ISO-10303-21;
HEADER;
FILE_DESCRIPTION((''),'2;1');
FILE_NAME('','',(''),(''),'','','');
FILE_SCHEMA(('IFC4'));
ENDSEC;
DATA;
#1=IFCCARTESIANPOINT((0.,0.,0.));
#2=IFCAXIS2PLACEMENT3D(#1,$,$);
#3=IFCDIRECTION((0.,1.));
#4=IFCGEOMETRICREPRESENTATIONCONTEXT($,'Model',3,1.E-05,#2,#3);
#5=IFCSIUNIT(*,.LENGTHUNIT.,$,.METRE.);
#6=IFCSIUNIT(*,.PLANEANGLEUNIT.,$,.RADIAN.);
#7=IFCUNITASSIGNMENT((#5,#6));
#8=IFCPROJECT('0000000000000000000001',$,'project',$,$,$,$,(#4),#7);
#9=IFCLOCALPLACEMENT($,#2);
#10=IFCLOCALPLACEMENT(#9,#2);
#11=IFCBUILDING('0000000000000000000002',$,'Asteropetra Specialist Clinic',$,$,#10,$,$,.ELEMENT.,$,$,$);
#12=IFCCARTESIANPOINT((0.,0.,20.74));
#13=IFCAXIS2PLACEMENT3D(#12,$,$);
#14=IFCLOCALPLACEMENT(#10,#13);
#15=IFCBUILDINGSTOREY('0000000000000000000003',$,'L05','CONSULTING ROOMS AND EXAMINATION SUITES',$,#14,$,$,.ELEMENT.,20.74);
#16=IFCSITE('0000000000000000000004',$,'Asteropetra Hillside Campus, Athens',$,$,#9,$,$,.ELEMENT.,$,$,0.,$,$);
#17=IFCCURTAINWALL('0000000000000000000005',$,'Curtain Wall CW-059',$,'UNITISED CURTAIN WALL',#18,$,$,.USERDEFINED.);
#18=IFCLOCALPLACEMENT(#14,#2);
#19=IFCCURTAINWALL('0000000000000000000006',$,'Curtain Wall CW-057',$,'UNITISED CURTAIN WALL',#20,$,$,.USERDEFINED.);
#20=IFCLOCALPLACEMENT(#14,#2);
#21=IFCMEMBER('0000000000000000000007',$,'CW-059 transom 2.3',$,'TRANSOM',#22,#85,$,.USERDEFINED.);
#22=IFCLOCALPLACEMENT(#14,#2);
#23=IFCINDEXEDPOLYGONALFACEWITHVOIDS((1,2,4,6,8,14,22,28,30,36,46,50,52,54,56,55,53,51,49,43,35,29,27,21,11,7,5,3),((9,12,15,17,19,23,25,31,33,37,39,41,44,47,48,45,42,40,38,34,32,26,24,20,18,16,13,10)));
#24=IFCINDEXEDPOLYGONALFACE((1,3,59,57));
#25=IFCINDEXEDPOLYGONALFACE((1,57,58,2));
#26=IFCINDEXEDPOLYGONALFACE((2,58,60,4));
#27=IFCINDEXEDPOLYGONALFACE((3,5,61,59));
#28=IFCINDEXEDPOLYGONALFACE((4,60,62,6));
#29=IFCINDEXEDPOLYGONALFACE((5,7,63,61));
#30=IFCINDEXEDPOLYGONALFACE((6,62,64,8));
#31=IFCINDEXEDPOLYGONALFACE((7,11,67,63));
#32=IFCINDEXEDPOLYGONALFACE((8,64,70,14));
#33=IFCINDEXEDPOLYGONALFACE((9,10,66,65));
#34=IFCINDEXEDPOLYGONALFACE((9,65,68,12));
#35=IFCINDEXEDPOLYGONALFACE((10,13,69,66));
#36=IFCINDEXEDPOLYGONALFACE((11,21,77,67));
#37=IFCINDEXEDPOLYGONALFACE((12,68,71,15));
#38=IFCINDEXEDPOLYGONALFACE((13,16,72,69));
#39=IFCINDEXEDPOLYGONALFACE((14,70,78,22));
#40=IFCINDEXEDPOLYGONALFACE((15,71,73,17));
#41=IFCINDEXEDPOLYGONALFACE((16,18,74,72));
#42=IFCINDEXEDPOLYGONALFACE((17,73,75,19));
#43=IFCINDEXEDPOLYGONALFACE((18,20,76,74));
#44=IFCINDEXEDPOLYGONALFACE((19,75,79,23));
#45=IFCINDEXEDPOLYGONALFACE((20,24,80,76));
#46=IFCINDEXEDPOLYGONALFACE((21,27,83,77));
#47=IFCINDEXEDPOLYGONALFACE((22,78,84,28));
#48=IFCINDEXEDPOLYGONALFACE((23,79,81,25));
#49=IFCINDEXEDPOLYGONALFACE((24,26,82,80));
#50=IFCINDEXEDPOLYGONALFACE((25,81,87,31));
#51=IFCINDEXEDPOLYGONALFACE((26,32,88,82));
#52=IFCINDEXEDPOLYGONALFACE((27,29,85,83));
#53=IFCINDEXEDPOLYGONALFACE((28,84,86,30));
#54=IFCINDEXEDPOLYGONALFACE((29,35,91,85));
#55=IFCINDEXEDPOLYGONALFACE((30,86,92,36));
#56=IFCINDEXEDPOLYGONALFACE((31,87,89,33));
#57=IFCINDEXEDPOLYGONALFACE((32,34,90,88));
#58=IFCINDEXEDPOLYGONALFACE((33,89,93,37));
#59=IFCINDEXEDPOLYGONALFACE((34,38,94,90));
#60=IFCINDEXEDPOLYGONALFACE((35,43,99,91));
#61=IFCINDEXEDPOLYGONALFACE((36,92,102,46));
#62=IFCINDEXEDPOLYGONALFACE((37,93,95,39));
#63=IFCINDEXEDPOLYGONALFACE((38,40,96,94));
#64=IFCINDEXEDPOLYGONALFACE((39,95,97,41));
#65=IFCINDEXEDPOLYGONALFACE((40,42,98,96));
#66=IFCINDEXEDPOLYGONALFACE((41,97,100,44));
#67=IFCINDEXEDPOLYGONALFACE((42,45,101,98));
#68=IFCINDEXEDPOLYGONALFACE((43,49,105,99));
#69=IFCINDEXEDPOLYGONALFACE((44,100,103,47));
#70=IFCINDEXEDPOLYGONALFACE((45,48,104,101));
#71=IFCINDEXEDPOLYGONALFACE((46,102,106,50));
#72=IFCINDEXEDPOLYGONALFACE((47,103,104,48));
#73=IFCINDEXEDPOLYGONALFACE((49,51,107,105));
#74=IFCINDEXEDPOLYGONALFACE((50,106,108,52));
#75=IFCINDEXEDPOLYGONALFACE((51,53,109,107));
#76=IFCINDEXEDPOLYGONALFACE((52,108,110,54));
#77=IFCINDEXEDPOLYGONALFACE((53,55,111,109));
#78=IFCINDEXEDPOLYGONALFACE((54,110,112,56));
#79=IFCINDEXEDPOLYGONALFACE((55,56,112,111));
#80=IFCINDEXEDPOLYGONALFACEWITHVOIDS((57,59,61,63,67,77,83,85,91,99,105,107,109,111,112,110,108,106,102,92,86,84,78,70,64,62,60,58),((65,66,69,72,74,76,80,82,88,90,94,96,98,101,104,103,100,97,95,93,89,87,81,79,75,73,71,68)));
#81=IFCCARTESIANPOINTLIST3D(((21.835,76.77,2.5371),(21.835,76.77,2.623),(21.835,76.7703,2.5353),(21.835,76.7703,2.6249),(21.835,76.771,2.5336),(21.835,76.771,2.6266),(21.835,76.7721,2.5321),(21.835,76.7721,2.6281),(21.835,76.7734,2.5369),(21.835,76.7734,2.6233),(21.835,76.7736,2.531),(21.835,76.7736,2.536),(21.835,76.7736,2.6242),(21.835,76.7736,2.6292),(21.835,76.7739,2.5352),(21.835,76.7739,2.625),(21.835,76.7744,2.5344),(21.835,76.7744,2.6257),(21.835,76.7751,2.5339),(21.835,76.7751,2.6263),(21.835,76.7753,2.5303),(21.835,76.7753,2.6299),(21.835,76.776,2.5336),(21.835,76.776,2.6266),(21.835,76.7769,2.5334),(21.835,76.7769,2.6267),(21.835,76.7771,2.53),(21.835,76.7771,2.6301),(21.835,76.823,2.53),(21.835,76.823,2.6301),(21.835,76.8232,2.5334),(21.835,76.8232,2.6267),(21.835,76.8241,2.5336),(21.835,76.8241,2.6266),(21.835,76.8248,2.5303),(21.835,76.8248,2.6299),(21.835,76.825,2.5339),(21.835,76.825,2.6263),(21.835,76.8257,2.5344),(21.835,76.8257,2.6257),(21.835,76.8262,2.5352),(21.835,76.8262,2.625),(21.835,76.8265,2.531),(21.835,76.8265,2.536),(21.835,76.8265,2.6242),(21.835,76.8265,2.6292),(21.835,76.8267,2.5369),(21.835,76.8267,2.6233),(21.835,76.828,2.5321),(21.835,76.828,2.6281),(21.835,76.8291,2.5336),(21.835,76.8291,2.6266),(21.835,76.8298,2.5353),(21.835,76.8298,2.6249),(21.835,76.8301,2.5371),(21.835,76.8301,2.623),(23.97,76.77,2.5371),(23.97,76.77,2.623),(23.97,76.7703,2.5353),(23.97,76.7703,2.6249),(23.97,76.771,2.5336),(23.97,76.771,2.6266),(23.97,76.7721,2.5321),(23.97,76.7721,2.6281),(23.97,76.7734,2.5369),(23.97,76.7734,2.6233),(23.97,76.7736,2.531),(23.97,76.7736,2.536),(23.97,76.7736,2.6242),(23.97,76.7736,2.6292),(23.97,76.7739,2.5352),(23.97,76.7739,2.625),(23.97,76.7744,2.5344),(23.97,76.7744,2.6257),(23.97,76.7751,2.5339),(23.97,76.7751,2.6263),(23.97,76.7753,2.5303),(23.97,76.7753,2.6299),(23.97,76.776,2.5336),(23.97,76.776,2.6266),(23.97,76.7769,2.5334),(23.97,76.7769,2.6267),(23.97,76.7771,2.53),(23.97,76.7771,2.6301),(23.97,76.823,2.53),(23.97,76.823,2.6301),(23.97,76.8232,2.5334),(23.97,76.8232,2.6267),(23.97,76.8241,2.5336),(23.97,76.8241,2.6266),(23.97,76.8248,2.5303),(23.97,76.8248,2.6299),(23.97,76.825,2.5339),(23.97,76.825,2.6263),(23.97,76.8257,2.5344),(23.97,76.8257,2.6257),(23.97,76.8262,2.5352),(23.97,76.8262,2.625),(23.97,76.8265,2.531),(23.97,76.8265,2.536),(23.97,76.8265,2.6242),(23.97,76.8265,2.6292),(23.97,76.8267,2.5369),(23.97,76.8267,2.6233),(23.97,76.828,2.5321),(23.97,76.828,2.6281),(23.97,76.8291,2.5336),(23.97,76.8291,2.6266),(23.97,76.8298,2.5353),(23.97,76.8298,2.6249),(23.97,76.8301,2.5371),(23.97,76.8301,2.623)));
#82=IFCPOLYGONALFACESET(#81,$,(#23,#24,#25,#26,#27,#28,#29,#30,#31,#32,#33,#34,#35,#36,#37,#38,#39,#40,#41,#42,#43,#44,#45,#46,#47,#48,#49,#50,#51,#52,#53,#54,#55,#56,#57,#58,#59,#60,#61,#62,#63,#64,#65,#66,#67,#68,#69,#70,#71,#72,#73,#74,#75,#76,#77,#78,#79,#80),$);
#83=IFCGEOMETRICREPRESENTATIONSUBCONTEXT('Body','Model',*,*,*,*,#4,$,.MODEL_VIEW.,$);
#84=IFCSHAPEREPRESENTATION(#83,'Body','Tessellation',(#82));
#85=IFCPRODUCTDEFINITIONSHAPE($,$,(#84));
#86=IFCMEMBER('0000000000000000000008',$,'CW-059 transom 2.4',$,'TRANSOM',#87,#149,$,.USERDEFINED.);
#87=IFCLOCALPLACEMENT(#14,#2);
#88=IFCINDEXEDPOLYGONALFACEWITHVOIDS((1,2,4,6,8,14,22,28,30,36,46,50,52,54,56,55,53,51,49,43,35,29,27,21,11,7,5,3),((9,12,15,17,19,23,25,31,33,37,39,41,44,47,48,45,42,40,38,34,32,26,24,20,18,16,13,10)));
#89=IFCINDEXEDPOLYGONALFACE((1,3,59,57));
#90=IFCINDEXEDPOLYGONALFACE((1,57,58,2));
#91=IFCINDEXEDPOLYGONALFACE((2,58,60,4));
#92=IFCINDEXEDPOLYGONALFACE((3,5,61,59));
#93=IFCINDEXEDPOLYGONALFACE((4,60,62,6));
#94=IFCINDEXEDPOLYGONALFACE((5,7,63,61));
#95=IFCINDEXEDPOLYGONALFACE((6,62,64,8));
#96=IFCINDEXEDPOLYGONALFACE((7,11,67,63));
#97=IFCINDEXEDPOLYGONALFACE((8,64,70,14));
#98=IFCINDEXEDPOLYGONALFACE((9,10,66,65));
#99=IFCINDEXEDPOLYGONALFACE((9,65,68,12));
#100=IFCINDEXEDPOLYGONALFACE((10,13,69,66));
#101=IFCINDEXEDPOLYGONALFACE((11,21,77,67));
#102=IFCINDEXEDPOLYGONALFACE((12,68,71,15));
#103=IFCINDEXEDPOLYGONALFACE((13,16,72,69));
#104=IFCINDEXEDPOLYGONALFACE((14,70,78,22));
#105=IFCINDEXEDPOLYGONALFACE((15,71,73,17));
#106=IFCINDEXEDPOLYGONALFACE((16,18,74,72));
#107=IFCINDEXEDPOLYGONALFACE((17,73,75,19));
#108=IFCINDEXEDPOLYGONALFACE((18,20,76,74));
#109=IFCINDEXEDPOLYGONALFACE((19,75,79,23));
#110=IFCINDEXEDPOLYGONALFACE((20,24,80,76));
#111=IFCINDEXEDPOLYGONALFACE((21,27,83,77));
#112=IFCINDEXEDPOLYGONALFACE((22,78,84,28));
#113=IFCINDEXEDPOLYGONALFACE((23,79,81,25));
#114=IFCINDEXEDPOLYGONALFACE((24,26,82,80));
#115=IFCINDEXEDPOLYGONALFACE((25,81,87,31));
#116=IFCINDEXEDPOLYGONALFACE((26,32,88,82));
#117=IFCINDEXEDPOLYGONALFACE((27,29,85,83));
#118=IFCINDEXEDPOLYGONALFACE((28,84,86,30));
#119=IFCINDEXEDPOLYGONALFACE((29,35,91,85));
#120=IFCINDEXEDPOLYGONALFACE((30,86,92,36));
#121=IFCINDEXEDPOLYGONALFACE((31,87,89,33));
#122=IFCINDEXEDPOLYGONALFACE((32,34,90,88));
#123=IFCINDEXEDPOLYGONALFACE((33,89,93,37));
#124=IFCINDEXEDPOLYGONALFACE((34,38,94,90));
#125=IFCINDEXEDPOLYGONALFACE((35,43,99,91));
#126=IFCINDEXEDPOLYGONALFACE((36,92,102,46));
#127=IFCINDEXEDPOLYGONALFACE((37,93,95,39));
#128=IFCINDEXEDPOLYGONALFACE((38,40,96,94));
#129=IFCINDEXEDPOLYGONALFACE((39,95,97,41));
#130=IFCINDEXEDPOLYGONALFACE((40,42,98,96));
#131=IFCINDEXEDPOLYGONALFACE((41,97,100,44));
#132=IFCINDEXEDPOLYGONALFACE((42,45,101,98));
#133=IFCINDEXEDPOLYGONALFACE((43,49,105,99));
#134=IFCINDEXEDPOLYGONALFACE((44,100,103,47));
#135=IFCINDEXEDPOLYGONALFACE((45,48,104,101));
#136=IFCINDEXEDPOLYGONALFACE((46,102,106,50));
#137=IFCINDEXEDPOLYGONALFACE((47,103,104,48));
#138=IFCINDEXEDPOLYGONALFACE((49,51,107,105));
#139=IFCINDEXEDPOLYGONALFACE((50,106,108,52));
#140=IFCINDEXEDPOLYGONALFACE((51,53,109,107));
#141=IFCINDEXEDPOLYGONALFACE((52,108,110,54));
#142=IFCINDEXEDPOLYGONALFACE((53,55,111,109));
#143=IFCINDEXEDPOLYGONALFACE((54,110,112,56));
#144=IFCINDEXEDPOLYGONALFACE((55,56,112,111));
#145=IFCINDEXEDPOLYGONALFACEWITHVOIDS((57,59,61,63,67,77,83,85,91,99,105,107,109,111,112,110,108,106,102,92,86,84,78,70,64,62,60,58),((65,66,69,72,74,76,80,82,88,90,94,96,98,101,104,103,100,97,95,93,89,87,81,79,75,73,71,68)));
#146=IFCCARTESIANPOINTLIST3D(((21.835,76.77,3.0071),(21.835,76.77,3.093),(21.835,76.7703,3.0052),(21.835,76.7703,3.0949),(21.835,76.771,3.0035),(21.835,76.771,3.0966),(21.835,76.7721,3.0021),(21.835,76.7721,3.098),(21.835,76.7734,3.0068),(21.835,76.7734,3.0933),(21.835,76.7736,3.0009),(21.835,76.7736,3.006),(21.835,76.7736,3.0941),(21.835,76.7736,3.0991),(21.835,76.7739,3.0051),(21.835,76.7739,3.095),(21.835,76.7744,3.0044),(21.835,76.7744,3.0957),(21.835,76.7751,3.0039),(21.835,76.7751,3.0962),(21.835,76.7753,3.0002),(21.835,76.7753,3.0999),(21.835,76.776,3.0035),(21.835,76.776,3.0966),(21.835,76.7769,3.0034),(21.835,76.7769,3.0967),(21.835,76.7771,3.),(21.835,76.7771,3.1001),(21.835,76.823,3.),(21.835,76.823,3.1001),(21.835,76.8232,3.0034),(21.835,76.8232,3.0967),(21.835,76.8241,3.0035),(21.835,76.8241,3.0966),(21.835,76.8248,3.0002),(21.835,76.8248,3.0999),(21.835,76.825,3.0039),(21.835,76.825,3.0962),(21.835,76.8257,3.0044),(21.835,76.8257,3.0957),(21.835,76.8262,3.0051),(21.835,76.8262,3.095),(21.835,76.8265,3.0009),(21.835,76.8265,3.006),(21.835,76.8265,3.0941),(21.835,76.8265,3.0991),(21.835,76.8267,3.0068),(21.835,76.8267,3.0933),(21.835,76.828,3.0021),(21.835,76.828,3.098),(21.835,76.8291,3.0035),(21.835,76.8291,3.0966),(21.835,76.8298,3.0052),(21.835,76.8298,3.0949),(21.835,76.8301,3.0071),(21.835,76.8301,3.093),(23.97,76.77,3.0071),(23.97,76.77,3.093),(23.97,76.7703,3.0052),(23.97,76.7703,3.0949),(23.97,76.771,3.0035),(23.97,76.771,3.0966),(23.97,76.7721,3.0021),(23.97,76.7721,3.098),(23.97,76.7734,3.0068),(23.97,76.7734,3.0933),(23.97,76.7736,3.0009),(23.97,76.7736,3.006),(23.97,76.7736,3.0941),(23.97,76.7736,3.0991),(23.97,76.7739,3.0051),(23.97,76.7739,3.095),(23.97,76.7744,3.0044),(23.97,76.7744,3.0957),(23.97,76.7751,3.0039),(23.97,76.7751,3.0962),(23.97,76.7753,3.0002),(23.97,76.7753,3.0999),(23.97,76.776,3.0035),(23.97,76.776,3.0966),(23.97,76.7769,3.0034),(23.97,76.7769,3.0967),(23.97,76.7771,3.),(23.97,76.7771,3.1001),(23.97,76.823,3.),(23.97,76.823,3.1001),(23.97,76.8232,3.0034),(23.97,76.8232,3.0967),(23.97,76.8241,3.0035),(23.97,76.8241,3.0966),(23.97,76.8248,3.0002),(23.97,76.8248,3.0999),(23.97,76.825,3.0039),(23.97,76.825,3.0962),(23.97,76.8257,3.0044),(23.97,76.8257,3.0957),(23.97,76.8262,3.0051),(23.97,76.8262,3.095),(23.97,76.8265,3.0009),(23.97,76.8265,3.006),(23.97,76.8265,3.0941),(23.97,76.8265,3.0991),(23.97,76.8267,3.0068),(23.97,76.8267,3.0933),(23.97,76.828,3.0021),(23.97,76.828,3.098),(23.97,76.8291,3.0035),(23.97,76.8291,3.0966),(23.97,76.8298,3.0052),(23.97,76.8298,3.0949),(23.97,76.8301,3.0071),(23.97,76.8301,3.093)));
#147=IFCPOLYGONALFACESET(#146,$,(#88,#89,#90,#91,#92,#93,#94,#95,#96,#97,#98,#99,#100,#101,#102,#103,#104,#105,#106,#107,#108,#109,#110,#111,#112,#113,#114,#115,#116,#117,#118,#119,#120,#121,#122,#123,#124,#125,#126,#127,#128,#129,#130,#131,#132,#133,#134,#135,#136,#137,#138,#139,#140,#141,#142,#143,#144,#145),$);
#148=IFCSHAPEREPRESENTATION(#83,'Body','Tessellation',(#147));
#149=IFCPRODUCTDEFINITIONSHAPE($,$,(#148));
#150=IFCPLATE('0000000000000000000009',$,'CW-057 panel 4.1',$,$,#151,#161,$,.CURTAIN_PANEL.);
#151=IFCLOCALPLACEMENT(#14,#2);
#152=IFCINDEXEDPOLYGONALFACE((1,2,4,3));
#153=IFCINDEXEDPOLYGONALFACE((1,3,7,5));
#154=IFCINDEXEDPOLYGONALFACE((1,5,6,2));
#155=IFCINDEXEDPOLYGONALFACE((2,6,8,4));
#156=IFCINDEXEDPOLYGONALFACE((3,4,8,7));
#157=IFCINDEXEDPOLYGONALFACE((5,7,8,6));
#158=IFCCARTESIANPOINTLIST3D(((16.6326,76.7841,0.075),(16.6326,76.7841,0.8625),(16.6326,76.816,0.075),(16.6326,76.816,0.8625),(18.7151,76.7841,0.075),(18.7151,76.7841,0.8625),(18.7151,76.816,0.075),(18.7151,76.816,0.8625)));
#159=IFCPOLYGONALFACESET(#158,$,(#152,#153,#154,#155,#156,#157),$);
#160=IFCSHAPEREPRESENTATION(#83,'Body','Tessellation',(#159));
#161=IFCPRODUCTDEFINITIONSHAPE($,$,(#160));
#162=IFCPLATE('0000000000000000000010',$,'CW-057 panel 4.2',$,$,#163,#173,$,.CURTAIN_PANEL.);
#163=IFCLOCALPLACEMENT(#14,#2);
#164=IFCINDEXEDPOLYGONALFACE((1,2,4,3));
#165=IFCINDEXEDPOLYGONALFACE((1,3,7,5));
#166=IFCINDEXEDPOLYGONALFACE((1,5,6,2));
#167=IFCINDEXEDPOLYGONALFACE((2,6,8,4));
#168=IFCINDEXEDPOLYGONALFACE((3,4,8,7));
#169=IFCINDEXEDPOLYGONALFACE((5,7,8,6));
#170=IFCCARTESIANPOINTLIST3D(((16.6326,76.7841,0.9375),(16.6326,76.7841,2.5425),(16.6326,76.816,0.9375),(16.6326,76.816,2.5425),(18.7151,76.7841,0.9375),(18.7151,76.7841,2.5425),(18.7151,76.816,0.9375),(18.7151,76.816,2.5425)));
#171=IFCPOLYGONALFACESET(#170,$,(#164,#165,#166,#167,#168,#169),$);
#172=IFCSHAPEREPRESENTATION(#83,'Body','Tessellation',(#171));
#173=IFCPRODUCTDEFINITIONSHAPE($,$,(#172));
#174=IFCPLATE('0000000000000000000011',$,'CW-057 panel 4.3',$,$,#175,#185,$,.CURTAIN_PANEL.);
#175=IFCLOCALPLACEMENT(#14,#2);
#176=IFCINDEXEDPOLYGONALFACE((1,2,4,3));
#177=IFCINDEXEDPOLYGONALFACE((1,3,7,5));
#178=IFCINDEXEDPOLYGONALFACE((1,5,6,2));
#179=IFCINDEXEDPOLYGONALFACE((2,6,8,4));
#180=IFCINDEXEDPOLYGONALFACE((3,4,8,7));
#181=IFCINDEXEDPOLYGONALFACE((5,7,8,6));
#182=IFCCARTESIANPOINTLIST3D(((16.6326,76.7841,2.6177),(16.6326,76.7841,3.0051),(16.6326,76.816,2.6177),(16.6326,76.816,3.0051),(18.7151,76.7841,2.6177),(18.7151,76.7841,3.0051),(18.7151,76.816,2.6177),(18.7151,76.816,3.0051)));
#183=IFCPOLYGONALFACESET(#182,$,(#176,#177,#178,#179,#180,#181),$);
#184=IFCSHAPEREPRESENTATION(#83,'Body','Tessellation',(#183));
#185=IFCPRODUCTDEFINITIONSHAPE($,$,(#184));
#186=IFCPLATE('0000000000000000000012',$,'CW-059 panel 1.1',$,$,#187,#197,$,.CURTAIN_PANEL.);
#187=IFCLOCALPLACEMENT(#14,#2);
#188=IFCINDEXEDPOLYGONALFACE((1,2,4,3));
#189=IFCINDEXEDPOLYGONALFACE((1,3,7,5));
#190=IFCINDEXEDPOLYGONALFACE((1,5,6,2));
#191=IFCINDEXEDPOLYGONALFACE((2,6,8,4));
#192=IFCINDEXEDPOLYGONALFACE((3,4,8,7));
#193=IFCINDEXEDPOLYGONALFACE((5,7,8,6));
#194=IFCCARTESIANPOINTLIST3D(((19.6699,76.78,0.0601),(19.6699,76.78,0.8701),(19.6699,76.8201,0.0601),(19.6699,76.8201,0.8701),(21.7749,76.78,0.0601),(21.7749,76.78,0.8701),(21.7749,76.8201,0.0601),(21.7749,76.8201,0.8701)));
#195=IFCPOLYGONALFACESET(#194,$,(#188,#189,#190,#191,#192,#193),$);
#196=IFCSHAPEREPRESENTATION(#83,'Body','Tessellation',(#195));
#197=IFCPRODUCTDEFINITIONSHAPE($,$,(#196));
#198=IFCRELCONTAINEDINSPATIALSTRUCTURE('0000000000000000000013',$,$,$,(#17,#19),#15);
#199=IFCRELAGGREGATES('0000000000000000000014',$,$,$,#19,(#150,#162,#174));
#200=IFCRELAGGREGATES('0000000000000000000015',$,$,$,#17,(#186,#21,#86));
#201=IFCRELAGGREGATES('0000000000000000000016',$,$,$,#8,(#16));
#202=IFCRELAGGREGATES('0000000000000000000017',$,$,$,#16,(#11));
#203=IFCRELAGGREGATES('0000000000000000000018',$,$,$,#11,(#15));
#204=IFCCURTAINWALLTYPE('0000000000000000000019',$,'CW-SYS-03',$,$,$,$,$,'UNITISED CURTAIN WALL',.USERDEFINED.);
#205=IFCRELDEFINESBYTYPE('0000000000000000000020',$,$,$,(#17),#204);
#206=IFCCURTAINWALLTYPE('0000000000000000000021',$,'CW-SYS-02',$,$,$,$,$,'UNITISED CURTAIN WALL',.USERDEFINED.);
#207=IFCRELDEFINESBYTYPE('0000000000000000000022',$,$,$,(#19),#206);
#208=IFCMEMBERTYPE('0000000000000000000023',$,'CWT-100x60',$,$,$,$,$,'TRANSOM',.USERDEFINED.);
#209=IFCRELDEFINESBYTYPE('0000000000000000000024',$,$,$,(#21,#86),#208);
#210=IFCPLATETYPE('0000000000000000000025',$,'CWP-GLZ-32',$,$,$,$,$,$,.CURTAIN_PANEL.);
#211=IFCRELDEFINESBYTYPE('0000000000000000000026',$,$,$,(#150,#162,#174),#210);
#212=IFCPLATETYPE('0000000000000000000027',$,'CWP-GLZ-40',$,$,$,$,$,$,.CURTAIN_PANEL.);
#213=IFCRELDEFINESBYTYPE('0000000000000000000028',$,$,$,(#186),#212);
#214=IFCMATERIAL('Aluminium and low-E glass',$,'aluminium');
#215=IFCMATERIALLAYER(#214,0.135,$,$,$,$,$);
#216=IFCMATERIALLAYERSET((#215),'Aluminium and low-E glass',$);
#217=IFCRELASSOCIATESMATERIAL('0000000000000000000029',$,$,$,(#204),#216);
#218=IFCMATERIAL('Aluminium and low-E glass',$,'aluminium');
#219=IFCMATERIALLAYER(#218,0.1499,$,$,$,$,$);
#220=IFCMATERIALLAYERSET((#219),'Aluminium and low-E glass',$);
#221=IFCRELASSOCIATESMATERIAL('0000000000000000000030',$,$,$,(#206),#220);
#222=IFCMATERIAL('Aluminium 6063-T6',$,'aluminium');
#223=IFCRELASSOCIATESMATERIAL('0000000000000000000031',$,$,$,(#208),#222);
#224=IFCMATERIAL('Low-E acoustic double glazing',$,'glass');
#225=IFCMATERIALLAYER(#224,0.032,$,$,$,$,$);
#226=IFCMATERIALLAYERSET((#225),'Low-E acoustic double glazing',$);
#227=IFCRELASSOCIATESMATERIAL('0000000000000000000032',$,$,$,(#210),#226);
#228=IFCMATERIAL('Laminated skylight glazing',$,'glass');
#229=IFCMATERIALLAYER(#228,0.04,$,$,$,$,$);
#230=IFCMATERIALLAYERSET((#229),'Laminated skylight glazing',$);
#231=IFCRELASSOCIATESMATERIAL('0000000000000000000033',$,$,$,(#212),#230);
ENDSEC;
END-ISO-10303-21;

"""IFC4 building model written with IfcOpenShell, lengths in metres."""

from ifc_helpers import new_model, si_unit, direction, frame, origin, origin_2d, place, context, subcontext, project, spatial, rectangle, hollow_rectangle, extrude, material, layer, layer_set, material_profile, profile_set, type_object, element, aggregate, save


model = new_model("IFC4")

# Units and contexts
model_context = context("Model", 3, precision=1e-05, world=origin(), true_north=direction((0.0, 1.0)))
body_context = subcontext(model_context, "Body", "Model", "MODEL_VIEW")
ifc_project = project(units=[si_unit("LENGTHUNIT", "METRE"), si_unit("PLANEANGLEUNIT", "RADIAN")], contexts=[model_context])

# Site, building, storey
site_placement = place(None, origin())
site = spatial("IfcSite", under=ifc_project, at=site_placement, Name="Asteropetra Hillside Campus, Athens", CompositionType="ELEMENT", RefElevation=0.0)
building_placement = place(site_placement, origin())
building = spatial("IfcBuilding", under=site, at=building_placement, Name="Asteropetra Specialist Clinic", CompositionType="ELEMENT")
storey_placement = place(building_placement, frame((0.0, 0.0, 20.74)))
storey = spatial("IfcBuildingStorey", under=building, at=storey_placement, Name="L05", Description="CONSULTING ROOMS AND EXAMINATION SUITES", CompositionType="ELEMENT", Elevation=20.74)

# Curtain wall
ifc_material_1 = material(Name="Aluminium and low-E glass", Category="aluminium")
ifc_layer_1 = layer(ifc_material_1, 0.135)
ifc_layer_set_1 = layer_set([ifc_layer_1], Name="Aluminium and low-E glass")
curtain_wall_type_1 = type_object("IfcCurtainWallType", Name="CW-SYS-03", ElementType="UNITISED CURTAIN WALL", PredefinedType="USERDEFINED", material=ifc_layer_set_1)
curtain_wall_1_placement = place(storey_placement, origin())
curtain_wall_1 = element("IfcCurtainWall", 1, at=curtain_wall_1_placement, inside=storey, type_object=curtain_wall_type_1, Name="Curtain Wall CW-059", ObjectType="UNITISED CURTAIN WALL", PredefinedType="USERDEFINED")

# Curtain wall
ifc_material_2 = material(Name="Aluminium and low-E glass", Category="aluminium")
ifc_layer_2 = layer(ifc_material_2, 0.1499)
ifc_layer_set_2 = layer_set([ifc_layer_2], Name="Aluminium and low-E glass")
curtain_wall_type_2 = type_object("IfcCurtainWallType", Name="CW-SYS-02", ElementType="UNITISED CURTAIN WALL", PredefinedType="USERDEFINED", material=ifc_layer_set_2)
curtain_wall_2_placement = place(storey_placement, origin())
curtain_wall_2 = element("IfcCurtainWall", 2, at=curtain_wall_2_placement, inside=storey, type_object=curtain_wall_type_2, Name="Curtain Wall CW-057", ObjectType="UNITISED CURTAIN WALL", PredefinedType="USERDEFINED")

# Members
ifc_material_3 = material(Name="Aluminium 6063-T6", Category="aluminium")
ifc_material_profile_1 = material_profile(ifc_material_3, hollow_rectangle(XDim=0.0601, YDim=0.1001, WallThickness=0.0034, InnerFilletRadius=0.0034, OuterFilletRadius=0.0071, at=origin_2d()), Name="TRN 100x60x3.5")
ifc_profile_set_1 = profile_set([ifc_material_profile_1], Name="Aluminium 6063-T6")
member_type_1 = type_object("IfcMemberType", Name="CWT-100x60", ElementType="TRANSOM", PredefinedType="USERDEFINED", material=ifc_profile_set_1)
member_1_placement = place(storey_placement, frame((21.835, 76.8, 2.5801), z_axis=(1.0, 0.0, 0.0), x_axis=(0.0, 1.0, 0.0)))
member_1 = element("IfcMember", 3, at=member_1_placement, type_object=member_type_1, Name="CW-059 transom 2.3", ObjectType="TRANSOM", PredefinedType="USERDEFINED", context=body_context, shape_type="SweptSolid", body=[
    extrude(hollow_rectangle(XDim=0.0601, YDim=0.1001, WallThickness=0.0034, InnerFilletRadius=0.0034, OuterFilletRadius=0.0071, at=origin_2d()), origin(), (0.0, 0.0, 1.0), 2.135),
])
member_2_placement = place(storey_placement, frame((21.835, 76.8, 3.05), z_axis=(1.0, 0.0, 0.0), x_axis=(0.0, 1.0, 0.0)))
member_2 = element("IfcMember", 4, at=member_2_placement, type_object=member_type_1, Name="CW-059 transom 2.4", ObjectType="TRANSOM", PredefinedType="USERDEFINED", context=body_context, shape_type="SweptSolid", body=[
    extrude(hollow_rectangle(XDim=0.0601, YDim=0.1001, WallThickness=0.0034, InnerFilletRadius=0.0034, OuterFilletRadius=0.0071, at=origin_2d()), origin(), (0.0, 0.0, 1.0), 2.135),
])

# Plates
ifc_material_4 = material(Name="Low-E acoustic double glazing", Category="glass")
ifc_layer_3 = layer(ifc_material_4, 0.032)
ifc_layer_set_3 = layer_set([ifc_layer_3], Name="Low-E acoustic double glazing")
plate_type_1 = type_object("IfcPlateType", Name="CWP-GLZ-32", PredefinedType="CURTAIN_PANEL", material=ifc_layer_set_3)
plate_1_placement = place(storey_placement, frame((17.6738, 76.8, 0.075), z_axis=(0.0, 0.0, 1.0), x_axis=(1.0, 0.0, 0.0)))
plate_1 = element("IfcPlate", 5, at=plate_1_placement, type_object=plate_type_1, Name="CW-057 panel 4.1", PredefinedType="CURTAIN_PANEL", context=body_context, shape_type="SweptSolid", body=[
    extrude(rectangle(XDim=2.0825, YDim=0.032, at=origin_2d()), origin(), (0.0, 0.0, 1.0), 0.7876),
])
plate_2_placement = place(storey_placement, frame((17.6738, 76.8, 0.9375), z_axis=(0.0, 0.0, 1.0), x_axis=(1.0, 0.0, 0.0)))
plate_2 = element("IfcPlate", 6, at=plate_2_placement, type_object=plate_type_1, Name="CW-057 panel 4.2", PredefinedType="CURTAIN_PANEL", context=body_context, shape_type="SweptSolid", body=[
    extrude(rectangle(XDim=2.0825, YDim=0.032, at=origin_2d()), origin(), (0.0, 0.0, 1.0), 1.605),
])
plate_3_placement = place(storey_placement, frame((17.6738, 76.8, 2.6177), z_axis=(0.0, 0.0, 1.0), x_axis=(1.0, 0.0, 0.0)))
plate_3 = element("IfcPlate", 7, at=plate_3_placement, type_object=plate_type_1, Name="CW-057 panel 4.3", PredefinedType="CURTAIN_PANEL", context=body_context, shape_type="SweptSolid", body=[
    extrude(rectangle(XDim=2.0825, YDim=0.032, at=origin_2d()), origin(), (0.0, 0.0, 1.0), 0.3875),
])
aggregate(curtain_wall_2, [plate_1, plate_2, plate_3])
ifc_material_5 = material(Name="Laminated skylight glazing", Category="glass")
ifc_layer_4 = layer(ifc_material_5, 0.04)
ifc_layer_set_4 = layer_set([ifc_layer_4], Name="Laminated skylight glazing")
plate_type_2 = type_object("IfcPlateType", Name="CWP-GLZ-40", PredefinedType="CURTAIN_PANEL", material=ifc_layer_set_4)
plate_4_placement = place(storey_placement, frame((20.7224, 76.8, 0.0601), z_axis=(0.0, 0.0, 1.0), x_axis=(1.0, 0.0, 0.0)))
plate_4 = element("IfcPlate", 8, at=plate_4_placement, type_object=plate_type_2, Name="CW-059 panel 1.1", PredefinedType="CURTAIN_PANEL", context=body_context, shape_type="SweptSolid", body=[
    extrude(rectangle(XDim=2.105, YDim=0.04, at=origin_2d()), origin(), (0.0, 0.0, 1.0), 0.8101),
])
aggregate(curtain_wall_1, [plate_4, member_1, member_2])

save(model, "model.ifc")
